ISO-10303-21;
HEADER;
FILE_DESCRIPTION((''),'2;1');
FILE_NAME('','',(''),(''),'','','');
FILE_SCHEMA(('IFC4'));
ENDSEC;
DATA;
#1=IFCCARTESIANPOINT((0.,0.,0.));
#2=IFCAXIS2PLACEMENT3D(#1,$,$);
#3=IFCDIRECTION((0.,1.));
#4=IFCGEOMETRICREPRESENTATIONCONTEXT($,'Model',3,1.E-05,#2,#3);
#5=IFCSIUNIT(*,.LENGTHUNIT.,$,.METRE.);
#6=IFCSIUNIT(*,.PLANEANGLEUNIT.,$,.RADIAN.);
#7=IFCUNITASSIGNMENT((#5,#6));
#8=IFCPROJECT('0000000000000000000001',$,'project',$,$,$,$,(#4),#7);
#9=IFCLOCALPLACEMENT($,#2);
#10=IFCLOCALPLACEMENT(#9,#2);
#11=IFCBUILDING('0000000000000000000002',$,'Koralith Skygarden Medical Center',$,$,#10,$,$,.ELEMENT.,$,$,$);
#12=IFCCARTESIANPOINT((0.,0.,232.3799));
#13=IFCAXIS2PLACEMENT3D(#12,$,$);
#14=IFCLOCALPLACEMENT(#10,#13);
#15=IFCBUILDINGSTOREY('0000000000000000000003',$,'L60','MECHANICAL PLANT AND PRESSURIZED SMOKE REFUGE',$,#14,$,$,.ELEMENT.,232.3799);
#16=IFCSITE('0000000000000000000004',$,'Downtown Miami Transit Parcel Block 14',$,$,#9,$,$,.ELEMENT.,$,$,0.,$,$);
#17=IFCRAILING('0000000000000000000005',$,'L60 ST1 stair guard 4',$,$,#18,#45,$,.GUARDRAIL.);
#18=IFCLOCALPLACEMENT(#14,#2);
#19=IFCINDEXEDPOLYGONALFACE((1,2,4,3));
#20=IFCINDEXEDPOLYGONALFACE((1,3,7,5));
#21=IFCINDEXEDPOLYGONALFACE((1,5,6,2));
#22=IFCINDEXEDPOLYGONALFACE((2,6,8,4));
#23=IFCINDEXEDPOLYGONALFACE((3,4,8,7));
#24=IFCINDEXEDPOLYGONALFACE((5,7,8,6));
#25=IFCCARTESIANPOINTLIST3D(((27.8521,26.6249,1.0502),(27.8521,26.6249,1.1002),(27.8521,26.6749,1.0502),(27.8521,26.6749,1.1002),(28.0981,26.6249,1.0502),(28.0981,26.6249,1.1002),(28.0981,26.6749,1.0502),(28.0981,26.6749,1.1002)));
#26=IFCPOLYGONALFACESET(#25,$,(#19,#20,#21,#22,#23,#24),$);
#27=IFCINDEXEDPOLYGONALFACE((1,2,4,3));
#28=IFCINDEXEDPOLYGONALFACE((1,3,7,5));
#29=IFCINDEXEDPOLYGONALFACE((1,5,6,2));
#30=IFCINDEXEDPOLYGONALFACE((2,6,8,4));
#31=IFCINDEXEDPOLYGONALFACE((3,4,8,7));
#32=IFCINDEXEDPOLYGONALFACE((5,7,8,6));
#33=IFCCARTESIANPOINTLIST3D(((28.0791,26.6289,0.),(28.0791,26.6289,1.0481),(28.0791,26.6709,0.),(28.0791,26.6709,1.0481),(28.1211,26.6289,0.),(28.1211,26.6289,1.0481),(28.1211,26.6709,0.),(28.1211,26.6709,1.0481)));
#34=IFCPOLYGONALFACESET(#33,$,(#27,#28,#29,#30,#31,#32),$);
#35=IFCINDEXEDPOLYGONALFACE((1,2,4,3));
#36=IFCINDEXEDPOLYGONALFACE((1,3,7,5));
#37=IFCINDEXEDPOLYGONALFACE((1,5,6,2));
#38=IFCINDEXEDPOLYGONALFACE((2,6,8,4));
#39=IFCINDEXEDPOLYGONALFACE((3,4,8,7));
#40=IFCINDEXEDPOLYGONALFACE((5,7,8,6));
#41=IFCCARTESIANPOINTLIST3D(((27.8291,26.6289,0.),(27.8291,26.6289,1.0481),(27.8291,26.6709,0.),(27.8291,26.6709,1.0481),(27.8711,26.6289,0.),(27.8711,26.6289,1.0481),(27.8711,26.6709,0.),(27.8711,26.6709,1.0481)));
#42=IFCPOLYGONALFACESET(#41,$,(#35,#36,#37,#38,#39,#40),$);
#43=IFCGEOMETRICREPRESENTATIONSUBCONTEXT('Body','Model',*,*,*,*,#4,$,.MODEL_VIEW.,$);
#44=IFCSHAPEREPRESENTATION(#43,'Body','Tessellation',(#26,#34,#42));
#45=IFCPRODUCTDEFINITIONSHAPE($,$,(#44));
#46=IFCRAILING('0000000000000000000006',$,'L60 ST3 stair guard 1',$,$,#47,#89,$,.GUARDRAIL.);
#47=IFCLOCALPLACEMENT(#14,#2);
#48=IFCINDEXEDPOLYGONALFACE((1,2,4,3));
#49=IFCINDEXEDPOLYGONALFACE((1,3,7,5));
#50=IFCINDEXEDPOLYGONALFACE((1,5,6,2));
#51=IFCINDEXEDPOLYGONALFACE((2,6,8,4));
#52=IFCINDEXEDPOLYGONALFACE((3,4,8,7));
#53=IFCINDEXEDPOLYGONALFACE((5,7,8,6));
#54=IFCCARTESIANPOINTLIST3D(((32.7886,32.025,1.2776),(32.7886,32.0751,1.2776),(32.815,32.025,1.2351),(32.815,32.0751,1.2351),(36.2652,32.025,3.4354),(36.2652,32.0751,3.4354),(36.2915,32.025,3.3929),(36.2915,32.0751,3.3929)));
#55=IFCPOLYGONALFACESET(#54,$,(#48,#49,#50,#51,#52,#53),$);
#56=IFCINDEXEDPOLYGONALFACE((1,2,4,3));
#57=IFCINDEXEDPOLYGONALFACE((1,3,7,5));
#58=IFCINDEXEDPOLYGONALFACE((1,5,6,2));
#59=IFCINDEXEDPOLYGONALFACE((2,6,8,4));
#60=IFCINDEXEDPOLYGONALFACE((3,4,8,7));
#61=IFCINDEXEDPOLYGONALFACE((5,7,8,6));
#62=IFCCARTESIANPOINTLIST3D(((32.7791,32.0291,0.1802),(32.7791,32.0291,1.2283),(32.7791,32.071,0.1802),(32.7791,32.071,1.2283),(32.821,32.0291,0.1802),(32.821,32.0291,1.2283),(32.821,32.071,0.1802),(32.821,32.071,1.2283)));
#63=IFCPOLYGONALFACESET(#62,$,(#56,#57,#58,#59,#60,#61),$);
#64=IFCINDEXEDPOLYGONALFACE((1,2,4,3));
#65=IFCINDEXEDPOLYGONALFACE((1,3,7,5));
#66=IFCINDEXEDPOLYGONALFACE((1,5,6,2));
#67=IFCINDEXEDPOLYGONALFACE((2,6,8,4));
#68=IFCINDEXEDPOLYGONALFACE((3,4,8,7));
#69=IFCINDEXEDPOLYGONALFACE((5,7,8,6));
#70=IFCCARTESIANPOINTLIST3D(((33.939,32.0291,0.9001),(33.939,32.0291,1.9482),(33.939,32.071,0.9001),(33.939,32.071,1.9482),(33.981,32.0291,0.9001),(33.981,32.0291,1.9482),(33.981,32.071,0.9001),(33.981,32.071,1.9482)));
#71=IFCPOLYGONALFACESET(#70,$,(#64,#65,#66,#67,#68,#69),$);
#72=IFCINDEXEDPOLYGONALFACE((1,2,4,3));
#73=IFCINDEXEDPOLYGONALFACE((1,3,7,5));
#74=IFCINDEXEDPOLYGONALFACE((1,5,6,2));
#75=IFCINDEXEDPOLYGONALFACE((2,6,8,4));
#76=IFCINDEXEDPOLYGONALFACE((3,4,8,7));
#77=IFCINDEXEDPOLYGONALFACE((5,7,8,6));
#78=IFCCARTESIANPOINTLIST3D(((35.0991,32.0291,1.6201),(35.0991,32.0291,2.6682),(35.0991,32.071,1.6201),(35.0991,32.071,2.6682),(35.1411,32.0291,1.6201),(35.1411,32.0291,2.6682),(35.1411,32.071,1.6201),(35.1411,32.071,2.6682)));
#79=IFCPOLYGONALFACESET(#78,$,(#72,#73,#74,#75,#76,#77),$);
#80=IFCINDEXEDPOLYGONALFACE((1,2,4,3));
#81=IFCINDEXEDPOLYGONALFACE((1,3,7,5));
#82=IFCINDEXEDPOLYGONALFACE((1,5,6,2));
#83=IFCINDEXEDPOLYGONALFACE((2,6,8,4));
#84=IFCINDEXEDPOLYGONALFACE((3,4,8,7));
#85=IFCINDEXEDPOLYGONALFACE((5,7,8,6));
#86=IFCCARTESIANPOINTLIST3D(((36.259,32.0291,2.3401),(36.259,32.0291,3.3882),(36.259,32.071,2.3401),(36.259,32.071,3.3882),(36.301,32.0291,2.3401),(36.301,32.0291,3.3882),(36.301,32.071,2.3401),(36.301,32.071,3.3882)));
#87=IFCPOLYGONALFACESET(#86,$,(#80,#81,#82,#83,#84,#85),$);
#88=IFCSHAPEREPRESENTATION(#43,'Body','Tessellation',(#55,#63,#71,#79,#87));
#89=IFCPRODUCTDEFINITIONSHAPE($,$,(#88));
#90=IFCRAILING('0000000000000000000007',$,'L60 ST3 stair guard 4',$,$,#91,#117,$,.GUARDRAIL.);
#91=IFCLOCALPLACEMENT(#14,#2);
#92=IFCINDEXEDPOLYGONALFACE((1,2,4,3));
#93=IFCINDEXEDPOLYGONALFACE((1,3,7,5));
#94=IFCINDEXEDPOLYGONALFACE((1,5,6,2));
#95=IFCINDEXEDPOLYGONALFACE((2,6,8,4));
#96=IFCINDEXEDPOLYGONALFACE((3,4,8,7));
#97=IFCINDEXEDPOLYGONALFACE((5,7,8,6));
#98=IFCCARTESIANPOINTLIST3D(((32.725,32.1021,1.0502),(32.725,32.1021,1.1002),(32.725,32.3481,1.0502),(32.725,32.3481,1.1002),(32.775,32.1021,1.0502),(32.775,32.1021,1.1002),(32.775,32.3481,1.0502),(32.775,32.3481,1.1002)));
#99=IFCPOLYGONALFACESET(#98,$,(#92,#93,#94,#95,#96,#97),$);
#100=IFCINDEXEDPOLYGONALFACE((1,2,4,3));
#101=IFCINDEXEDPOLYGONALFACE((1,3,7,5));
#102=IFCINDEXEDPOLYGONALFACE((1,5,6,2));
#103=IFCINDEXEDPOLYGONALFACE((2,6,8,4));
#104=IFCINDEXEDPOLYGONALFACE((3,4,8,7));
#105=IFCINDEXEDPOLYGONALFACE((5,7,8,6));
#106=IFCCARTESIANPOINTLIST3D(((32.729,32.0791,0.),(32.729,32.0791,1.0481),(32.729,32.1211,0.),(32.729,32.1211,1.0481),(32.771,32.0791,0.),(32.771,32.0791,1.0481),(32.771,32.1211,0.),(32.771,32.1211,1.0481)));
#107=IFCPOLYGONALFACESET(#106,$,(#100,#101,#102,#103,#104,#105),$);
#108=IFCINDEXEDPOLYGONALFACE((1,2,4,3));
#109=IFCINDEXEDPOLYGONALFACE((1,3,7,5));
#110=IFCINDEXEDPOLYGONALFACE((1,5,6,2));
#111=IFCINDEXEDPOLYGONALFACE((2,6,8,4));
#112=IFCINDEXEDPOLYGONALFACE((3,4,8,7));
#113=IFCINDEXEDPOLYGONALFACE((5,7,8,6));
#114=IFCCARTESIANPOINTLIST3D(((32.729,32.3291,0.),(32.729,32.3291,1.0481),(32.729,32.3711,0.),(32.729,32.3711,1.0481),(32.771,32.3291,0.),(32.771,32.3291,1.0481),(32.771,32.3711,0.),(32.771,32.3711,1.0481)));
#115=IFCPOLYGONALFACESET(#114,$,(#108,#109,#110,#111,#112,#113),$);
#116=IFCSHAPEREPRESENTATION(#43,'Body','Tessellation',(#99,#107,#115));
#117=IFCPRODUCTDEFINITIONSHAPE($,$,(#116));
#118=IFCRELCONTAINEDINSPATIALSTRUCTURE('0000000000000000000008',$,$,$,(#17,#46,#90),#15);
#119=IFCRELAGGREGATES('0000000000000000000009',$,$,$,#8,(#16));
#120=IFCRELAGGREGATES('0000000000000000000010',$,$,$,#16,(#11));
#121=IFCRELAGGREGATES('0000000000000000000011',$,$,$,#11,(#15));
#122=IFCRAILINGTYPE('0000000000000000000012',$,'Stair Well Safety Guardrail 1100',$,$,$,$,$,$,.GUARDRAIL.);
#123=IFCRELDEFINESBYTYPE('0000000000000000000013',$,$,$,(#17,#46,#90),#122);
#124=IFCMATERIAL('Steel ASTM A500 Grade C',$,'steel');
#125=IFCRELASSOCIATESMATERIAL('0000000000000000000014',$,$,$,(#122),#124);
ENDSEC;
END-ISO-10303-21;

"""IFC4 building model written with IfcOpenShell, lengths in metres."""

from ifc_helpers import new_model, si_unit, direction, frame, origin, origin_2d, place, context, subcontext, project, spatial, rectangle, extrude, material, type_object, element, save


model = new_model("IFC4")

# Units and contexts
model_context = context("Model", 3, precision=1e-05, world=origin(), true_north=direction((0.0, 1.0)))
body_context = subcontext(model_context, "Body", "Model", "MODEL_VIEW")
ifc_project = project(units=[si_unit("LENGTHUNIT", "METRE"), si_unit("PLANEANGLEUNIT", "RADIAN")], contexts=[model_context])

# Site, building, storey
site_placement = place(None, origin())
site = spatial("IfcSite", under=ifc_project, at=site_placement, Name="Downtown Miami Transit Parcel Block 14", CompositionType="ELEMENT", RefElevation=0.0)
building_placement = place(site_placement, origin())
building = spatial("IfcBuilding", under=site, at=building_placement, Name="Koralith Skygarden Medical Center", CompositionType="ELEMENT")
storey_placement = place(building_placement, frame((0.0, 0.0, 232.3799)))
storey = spatial("IfcBuildingStorey", under=building, at=storey_placement, Name="L60", Description="MECHANICAL PLANT AND PRESSURIZED SMOKE REFUGE", CompositionType="ELEMENT", Elevation=232.3799)

# Shared definitions
ifc_material_1 = material(Name="Steel ASTM A500 Grade C", Category="steel")

# Railings
railing_type_1 = type_object("IfcRailingType", Name="Stair Well Safety Guardrail 1100", PredefinedType="GUARDRAIL", material=ifc_material_1)
railing_1_placement = place(storey_placement, frame((28.1001, 26.6499, 0.0)))
element("IfcRailing", 1, at=railing_1_placement, inside=storey, type_object=railing_type_1, Name="L60 ST1 stair guard 4", PredefinedType="GUARDRAIL", context=body_context, shape_type="SweptSolid", body=[
    extrude(rectangle(XDim=0.05, YDim=0.05, at=origin_2d()), frame((-0.002, 0.0, 1.0752), z_axis=(-1.0, 0.0, 0.0), x_axis=(0.0, -1.0, 0.0)), (0.0, 0.0, 1.0), 0.2461),
    extrude(rectangle(XDim=0.042, YDim=0.042, at=origin_2d()), origin(), (0.0, 0.0, 1.0), 1.0481),
    extrude(rectangle(XDim=0.042, YDim=0.042, at=origin_2d()), frame((-0.25, 0.0, 0.0)), (0.0, 0.0, 1.0), 1.0481),
])
railing_2_placement = place(storey_placement, frame((32.8, 32.05, 0.1802)))
element("IfcRailing", 2, at=railing_2_placement, inside=storey, type_object=railing_type_1, Name="L60 ST3 stair guard 1", PredefinedType="GUARDRAIL", context=body_context, shape_type="SweptSolid", body=[
    extrude(rectangle(XDim=0.05, YDim=0.05, at=origin_2d()), frame((0.0017, 0.0, 1.0762), z_axis=(0.849648, 0.0, 0.52735), x_axis=(0.0, 1.0, 0.0)), (0.0, 0.0, 1.0), 4.0918),
    extrude(rectangle(XDim=0.042, YDim=0.042, at=origin_2d()), origin(), (0.0, 0.0, 1.0), 1.0481),
    extrude(rectangle(XDim=0.042, YDim=0.042, at=origin_2d()), frame((1.1599, 0.0, 0.72)), (0.0, 0.0, 1.0), 1.0481),
    extrude(rectangle(XDim=0.042, YDim=0.042, at=origin_2d()), frame((2.3201, 0.0, 1.4399)), (0.0, 0.0, 1.0), 1.0481),
    extrude(rectangle(XDim=0.042, YDim=0.042, at=origin_2d()), frame((3.48, 0.0, 2.1599)), (0.0, 0.0, 1.0), 1.0481),
])
railing_3_placement = place(storey_placement, frame((32.75, 32.1001, 0.0)))
element("IfcRailing", 3, at=railing_3_placement, inside=storey, type_object=railing_type_1, Name="L60 ST3 stair guard 4", PredefinedType="GUARDRAIL", context=body_context, shape_type="SweptSolid", body=[
    extrude(rectangle(XDim=0.05, YDim=0.05, at=origin_2d()), frame((0.0, 0.002, 1.0752), z_axis=(0.0, 1.0, 0.0), x_axis=(-1.0, 0.0, 0.0)), (0.0, 0.0, 1.0), 0.2461),
    extrude(rectangle(XDim=0.042, YDim=0.042, at=origin_2d()), origin(), (0.0, 0.0, 1.0), 1.0481),
    extrude(rectangle(XDim=0.042, YDim=0.042, at=origin_2d()), frame((0.0, 0.25, 0.0)), (0.0, 0.0, 1.0), 1.0481),
])

save(model, "model.ifc")
